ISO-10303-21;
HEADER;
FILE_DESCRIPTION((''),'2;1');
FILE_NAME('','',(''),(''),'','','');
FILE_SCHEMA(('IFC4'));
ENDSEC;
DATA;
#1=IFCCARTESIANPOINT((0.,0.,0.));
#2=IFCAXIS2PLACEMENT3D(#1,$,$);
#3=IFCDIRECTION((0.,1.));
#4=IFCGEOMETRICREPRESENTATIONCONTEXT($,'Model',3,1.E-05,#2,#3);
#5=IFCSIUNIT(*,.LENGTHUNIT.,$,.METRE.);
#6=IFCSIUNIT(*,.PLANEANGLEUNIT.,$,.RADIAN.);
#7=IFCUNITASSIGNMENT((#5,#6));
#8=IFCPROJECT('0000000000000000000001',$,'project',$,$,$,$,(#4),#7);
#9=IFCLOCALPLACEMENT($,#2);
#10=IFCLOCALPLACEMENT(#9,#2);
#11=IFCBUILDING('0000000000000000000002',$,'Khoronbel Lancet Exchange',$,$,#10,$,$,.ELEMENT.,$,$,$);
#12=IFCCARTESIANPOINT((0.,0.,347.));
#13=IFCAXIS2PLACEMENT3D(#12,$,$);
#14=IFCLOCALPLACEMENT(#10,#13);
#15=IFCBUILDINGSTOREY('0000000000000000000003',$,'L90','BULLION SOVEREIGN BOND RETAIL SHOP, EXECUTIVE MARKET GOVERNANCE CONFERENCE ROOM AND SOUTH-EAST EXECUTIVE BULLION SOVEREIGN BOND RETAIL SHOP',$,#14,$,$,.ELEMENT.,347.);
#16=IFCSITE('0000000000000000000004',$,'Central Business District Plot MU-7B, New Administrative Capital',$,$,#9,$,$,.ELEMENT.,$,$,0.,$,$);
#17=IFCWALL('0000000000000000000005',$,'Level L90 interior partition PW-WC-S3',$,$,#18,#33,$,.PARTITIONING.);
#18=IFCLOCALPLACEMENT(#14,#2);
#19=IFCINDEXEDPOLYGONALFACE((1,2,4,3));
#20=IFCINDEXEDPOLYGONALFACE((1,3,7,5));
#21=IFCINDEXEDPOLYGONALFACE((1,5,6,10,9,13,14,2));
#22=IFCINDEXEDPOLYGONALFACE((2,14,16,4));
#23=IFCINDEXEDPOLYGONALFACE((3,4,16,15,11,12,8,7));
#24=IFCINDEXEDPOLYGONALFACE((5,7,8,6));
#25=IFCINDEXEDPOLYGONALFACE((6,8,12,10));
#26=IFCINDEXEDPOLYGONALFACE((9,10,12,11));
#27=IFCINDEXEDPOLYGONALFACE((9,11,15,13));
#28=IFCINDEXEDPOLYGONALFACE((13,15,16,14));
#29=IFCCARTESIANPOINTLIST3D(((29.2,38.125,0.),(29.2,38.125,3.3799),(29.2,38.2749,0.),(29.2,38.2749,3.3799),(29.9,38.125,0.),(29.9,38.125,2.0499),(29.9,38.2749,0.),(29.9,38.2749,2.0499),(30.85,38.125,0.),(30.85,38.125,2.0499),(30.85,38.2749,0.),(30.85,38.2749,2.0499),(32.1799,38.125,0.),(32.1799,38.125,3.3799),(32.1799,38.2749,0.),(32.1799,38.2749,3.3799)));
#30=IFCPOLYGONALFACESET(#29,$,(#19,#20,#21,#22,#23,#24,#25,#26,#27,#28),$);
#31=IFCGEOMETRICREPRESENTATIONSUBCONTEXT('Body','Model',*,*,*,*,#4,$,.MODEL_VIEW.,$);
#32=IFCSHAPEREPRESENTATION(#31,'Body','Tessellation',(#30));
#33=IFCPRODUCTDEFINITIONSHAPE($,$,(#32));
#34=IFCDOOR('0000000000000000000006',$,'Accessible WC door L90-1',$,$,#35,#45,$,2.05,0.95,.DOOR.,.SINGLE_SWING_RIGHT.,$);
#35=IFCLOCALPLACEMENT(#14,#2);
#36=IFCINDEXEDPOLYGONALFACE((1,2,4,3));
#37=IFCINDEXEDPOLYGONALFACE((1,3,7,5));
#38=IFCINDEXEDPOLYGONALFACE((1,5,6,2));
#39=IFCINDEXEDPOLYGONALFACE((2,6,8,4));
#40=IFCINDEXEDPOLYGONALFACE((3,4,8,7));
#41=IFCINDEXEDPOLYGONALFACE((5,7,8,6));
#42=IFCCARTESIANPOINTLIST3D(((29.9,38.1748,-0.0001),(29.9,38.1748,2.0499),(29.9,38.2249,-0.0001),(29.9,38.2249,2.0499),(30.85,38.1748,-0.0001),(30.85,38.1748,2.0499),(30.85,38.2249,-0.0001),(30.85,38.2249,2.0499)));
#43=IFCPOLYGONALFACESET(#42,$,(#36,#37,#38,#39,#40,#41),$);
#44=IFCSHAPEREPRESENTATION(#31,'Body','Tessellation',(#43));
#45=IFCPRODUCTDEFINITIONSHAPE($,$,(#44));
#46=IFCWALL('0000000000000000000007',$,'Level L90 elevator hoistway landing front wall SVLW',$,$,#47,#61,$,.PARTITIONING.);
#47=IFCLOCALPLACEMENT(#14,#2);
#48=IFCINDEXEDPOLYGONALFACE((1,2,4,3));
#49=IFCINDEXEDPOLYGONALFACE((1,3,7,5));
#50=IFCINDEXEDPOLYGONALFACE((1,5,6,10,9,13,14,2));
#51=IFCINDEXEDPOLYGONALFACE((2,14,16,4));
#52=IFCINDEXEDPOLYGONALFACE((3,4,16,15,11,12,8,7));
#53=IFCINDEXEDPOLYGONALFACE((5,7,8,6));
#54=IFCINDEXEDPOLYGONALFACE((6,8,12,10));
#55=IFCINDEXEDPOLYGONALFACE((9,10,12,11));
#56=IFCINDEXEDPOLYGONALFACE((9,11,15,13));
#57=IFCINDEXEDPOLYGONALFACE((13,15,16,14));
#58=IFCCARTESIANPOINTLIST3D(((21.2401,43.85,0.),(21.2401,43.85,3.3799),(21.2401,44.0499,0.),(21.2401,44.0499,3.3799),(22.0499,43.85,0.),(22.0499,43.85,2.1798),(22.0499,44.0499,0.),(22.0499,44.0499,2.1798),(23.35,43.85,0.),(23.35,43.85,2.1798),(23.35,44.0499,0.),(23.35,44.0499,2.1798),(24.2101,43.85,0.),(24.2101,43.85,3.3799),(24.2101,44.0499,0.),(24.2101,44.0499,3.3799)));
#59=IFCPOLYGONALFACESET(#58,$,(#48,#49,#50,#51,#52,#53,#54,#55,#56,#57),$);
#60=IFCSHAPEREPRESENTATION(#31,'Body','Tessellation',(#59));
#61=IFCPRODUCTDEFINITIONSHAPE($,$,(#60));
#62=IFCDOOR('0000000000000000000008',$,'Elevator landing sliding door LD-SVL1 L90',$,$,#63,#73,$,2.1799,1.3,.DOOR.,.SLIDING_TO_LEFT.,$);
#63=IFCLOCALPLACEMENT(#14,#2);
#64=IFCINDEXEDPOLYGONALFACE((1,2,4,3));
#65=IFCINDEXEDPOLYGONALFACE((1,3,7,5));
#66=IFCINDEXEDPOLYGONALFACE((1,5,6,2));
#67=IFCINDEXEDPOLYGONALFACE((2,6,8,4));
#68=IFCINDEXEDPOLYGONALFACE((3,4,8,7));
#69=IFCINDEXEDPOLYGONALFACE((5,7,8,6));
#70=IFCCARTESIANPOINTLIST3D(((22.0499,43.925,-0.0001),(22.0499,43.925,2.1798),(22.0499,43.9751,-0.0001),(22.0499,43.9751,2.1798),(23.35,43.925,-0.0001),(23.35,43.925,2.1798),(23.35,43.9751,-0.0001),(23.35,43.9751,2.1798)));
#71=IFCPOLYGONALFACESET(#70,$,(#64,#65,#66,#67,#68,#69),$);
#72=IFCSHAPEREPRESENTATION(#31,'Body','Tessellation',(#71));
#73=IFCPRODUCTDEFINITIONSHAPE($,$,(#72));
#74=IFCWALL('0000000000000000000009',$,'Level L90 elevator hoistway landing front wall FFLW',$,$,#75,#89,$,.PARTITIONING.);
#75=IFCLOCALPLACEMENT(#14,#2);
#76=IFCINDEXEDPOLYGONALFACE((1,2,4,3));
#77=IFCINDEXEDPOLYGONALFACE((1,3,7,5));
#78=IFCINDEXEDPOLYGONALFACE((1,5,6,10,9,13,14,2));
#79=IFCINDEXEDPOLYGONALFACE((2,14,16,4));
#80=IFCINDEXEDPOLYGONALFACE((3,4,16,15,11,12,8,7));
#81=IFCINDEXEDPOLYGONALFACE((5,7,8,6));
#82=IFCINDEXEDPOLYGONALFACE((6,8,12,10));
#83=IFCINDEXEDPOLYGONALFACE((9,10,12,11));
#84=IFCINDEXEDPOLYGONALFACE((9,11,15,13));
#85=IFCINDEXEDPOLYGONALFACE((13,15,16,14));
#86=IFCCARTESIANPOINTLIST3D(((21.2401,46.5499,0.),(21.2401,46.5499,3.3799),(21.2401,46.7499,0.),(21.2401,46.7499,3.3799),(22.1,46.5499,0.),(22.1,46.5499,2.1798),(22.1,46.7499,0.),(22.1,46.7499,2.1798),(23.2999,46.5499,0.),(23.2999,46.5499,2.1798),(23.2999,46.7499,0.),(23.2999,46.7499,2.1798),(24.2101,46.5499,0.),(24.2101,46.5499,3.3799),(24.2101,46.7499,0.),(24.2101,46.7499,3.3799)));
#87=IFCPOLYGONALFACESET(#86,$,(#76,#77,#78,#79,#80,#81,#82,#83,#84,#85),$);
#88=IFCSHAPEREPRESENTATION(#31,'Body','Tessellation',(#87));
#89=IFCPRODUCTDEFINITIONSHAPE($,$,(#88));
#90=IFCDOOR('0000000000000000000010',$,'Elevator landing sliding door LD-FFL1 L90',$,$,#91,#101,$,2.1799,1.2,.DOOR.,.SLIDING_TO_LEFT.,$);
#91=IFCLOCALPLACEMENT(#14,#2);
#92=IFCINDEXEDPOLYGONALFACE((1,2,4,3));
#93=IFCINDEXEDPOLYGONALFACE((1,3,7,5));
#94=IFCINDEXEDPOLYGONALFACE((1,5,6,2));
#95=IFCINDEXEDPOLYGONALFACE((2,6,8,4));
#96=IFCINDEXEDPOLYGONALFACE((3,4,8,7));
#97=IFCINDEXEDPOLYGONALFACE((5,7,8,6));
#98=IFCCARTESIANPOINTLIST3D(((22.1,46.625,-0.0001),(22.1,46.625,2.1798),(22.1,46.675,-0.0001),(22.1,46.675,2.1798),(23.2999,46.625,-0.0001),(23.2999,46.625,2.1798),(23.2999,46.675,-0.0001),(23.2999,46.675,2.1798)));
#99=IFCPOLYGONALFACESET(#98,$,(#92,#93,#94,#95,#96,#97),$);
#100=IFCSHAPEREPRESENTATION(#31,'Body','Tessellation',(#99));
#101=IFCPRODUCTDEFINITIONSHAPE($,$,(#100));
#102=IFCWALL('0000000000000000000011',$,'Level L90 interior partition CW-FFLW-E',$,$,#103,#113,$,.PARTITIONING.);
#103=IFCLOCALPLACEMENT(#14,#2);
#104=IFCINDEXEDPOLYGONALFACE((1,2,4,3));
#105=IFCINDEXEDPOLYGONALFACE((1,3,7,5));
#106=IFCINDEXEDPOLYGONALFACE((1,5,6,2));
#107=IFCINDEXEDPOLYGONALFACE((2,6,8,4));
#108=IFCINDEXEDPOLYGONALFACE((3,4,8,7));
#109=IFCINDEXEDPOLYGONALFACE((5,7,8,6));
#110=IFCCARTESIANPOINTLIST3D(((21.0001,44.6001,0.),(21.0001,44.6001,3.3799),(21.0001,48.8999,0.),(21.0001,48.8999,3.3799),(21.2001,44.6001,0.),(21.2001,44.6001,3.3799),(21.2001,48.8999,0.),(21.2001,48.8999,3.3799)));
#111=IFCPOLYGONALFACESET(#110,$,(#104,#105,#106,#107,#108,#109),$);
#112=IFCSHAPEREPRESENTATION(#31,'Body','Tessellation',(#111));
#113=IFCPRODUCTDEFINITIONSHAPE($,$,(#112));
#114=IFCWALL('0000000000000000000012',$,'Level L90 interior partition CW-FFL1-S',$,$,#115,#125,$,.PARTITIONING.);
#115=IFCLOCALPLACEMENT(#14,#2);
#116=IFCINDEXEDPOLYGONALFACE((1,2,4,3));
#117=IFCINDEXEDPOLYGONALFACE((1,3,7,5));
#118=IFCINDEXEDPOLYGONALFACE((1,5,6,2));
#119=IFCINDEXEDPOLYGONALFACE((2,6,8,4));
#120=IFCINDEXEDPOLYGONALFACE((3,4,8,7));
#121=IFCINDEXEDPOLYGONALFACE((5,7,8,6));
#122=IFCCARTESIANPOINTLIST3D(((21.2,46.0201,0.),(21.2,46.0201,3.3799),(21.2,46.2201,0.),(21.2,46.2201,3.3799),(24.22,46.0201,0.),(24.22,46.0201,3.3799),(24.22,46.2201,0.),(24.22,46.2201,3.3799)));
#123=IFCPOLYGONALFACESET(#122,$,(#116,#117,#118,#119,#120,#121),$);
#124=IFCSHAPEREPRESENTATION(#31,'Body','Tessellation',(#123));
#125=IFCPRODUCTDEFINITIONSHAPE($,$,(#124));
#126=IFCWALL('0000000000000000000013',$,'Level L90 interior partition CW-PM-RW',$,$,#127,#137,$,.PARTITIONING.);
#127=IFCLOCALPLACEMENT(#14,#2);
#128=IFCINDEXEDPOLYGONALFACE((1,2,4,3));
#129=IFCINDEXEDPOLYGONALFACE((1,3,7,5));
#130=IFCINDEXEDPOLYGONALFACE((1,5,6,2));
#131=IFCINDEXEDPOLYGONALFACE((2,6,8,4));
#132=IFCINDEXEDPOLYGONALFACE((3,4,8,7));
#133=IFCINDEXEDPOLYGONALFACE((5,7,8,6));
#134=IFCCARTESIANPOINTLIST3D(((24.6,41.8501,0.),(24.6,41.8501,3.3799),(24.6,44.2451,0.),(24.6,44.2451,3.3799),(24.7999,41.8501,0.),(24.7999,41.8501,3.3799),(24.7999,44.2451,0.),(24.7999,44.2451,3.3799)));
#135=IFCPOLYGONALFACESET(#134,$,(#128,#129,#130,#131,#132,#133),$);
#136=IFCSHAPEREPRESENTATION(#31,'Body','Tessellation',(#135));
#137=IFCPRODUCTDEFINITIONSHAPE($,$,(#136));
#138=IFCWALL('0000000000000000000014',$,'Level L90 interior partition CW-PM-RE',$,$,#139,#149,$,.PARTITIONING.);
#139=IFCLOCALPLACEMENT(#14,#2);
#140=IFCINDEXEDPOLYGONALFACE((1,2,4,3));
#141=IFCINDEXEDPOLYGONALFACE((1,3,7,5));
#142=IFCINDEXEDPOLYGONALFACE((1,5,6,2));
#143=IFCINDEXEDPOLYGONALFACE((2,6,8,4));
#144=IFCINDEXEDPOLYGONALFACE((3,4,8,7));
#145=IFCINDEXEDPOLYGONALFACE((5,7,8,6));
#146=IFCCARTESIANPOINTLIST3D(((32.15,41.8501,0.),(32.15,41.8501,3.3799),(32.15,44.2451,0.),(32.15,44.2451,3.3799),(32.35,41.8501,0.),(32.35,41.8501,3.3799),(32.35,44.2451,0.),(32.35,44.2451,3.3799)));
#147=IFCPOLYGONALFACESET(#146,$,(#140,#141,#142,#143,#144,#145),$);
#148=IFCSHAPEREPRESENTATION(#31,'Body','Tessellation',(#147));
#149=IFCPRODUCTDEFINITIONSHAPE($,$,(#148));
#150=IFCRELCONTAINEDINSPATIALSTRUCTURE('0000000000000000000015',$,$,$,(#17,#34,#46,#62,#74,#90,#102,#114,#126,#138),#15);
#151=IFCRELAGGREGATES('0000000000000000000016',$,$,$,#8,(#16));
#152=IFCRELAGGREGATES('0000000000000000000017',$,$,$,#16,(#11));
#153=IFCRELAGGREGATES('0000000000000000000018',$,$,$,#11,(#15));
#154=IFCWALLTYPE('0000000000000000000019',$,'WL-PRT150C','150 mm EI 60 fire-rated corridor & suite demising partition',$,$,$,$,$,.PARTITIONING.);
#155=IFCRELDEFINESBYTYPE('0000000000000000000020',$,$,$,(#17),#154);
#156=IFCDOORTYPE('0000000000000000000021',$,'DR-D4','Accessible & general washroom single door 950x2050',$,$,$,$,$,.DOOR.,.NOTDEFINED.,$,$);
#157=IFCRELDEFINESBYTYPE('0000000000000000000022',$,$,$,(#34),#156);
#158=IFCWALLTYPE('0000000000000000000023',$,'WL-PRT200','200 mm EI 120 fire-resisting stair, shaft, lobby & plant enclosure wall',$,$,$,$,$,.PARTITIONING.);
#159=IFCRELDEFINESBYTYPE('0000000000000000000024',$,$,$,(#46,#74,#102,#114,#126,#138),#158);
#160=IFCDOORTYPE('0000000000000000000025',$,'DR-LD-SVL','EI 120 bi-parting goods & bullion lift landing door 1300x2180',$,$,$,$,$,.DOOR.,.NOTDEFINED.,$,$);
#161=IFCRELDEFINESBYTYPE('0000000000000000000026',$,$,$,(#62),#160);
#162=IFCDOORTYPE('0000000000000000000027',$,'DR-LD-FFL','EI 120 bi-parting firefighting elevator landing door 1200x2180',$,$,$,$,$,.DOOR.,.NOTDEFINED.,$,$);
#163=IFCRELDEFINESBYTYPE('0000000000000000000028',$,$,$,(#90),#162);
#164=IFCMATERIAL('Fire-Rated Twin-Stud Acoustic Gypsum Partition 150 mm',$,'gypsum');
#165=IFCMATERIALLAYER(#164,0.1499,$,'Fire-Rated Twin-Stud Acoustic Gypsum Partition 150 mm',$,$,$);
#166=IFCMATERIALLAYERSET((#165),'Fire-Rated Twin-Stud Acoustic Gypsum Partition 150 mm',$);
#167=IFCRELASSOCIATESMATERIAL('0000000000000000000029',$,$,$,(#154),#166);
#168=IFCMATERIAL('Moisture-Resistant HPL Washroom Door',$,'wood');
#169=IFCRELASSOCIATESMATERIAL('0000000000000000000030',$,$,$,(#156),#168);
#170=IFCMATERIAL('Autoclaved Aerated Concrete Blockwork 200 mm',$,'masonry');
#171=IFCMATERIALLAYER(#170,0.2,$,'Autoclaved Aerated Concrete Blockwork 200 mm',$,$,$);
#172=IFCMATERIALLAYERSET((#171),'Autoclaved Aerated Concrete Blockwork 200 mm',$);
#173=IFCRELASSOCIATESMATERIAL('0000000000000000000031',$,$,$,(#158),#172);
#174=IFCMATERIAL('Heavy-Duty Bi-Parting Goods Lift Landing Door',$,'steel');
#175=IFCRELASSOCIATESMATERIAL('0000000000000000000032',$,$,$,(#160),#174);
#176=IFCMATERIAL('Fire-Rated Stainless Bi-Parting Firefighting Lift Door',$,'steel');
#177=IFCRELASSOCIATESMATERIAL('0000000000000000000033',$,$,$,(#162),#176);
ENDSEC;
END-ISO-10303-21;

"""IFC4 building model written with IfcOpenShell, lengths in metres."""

from ifc_helpers import new_model, si_unit, direction, frame, frame_2d, origin, place, context, subcontext, project, spatial, rectangle, extrude, material, layer, layer_set, type_object, element, fill, save


model = new_model("IFC4")

# Units and contexts
model_context = context("Model", 3, precision=1e-05, world=origin(), true_north=direction((0.0, 1.0)))
body_context = subcontext(model_context, "Body", "Model", "MODEL_VIEW")
ifc_project = project(units=[si_unit("LENGTHUNIT", "METRE"), si_unit("PLANEANGLEUNIT", "RADIAN")], contexts=[model_context])

# Site, building, storey
site_placement = place(None, origin())
site = spatial("IfcSite", under=ifc_project, at=site_placement, Name="Central Business District Plot MU-7B, New Administrative Capital", CompositionType="ELEMENT", RefElevation=0.0)
building_placement = place(site_placement, origin())
building = spatial("IfcBuilding", under=site, at=building_placement, Name="Khoronbel Lancet Exchange", CompositionType="ELEMENT")
storey_placement = place(building_placement, frame((0.0, 0.0, 347.0)))
storey = spatial("IfcBuildingStorey", under=building, at=storey_placement, Name="L90", Description="BULLION SOVEREIGN BOND RETAIL SHOP, EXECUTIVE MARKET GOVERNANCE CONFERENCE ROOM AND SOUTH-EAST EXECUTIVE BULLION SOVEREIGN BOND RETAIL SHOP", CompositionType="ELEMENT", Elevation=347.0)

# Walls, openings, doors
ifc_material_1 = material(Name="Fire-Rated Twin-Stud Acoustic Gypsum Partition 150 mm", Category="gypsum")
ifc_layer_1 = layer(ifc_material_1, 0.1499, Name="Fire-Rated Twin-Stud Acoustic Gypsum Partition 150 mm")
ifc_layer_set_1 = layer_set([ifc_layer_1], Name="Fire-Rated Twin-Stud Acoustic Gypsum Partition 150 mm")
wall_type_1 = type_object("IfcWallType", Name="WL-PRT150C", Description="150 mm EI 60 fire-rated corridor & suite demising partition", PredefinedType="PARTITIONING", material=ifc_layer_set_1)
ifc_material_2 = material(Name="Moisture-Resistant HPL Washroom Door", Category="wood")
door_type_1 = type_object("IfcDoorType", Name="DR-D4", Description="Accessible & general washroom single door 950x2050", OperationType="NOTDEFINED", PredefinedType="DOOR", material=ifc_material_2)
wall_1_placement = place(storey_placement, frame((29.2, 38.2, 0.0), z_axis=(0.0, 0.0, 1.0), x_axis=(1.0, 0.0, 0.0)))
wall_1 = element("IfcWall", 1, at=wall_1_placement, inside=storey, type_object=wall_type_1, Name="Level L90 interior partition PW-WC-S3", PredefinedType="PARTITIONING", context=body_context, shape_type="SweptSolid", body=[
    extrude(rectangle(XDim=2.98, YDim=0.1499, at=frame_2d((1.49, 0.0))), origin(), (0.0, 0.0, 1.0), 3.3799),
])
opening_1_placement = place(wall_1_placement, frame((0.7, 0.0, 0.0)))
opening_1 = element("IfcOpeningElement", 2, at=opening_1_placement, cuts=wall_1, PredefinedType="OPENING", context=body_context, shape_type="SweptSolid", body=[
    extrude(rectangle(XDim=0.95, YDim=2.05, at=frame_2d((0.4751, 1.0249))), frame((0.0, 0.085, 0.0), z_axis=(0.0, -1.0, 0.0), x_axis=(1.0, 0.0, 0.0)), (0.0, 0.0, 1.0), 0.1699),
])
door_1_placement = place(opening_1_placement, origin())
door_1 = element("IfcDoor", 3, at=door_1_placement, inside=storey, type_object=door_type_1, Name="Accessible WC door L90-1", OperationType="SINGLE_SWING_RIGHT", OverallHeight=2.05, OverallWidth=0.95, PredefinedType="DOOR", context=body_context, shape_type="SweptSolid", body=[
    extrude(rectangle(XDim=0.95, YDim=2.05, at=frame_2d((0.4751, 1.0249))), frame((0.0, 0.0249, 0.0), z_axis=(0.0, -1.0, 0.0), x_axis=(1.0, 0.0, 0.0)), (0.0, 0.0, 1.0), 0.05),
])
fill(opening_1, door_1)
ifc_material_3 = material(Name="Autoclaved Aerated Concrete Blockwork 200 mm", Category="masonry")
ifc_layer_2 = layer(ifc_material_3, 0.2, Name="Autoclaved Aerated Concrete Blockwork 200 mm")
ifc_layer_set_2 = layer_set([ifc_layer_2], Name="Autoclaved Aerated Concrete Blockwork 200 mm")
wall_type_2 = type_object("IfcWallType", Name="WL-PRT200", Description="200 mm EI 120 fire-resisting stair, shaft, lobby & plant enclosure wall", PredefinedType="PARTITIONING", material=ifc_layer_set_2)
wall_2_placement = place(storey_placement, frame((24.21, 43.95, 0.0), z_axis=(0.0, 0.0, 1.0), x_axis=(-1.0, 0.0, 0.0)))
wall_2 = element("IfcWall", 4, at=wall_2_placement, inside=storey, type_object=wall_type_2, Name="Level L90 elevator hoistway landing front wall SVLW", PredefinedType="PARTITIONING", context=body_context, shape_type="SweptSolid", body=[
    extrude(rectangle(XDim=2.97, YDim=0.2, at=frame_2d((1.4849, 0.0))), origin(), (0.0, 0.0, 1.0), 3.3799),
])
opening_2_placement = place(wall_2_placement, frame((0.8601, 0.0, 0.0)))
opening_2 = element("IfcOpeningElement", 5, at=opening_2_placement, cuts=wall_2, PredefinedType="OPENING", context=body_context, shape_type="SweptSolid", body=[
    extrude(rectangle(XDim=1.3, YDim=2.1799, at=frame_2d((0.6499, 1.0898))), frame((0.0, 0.1099, 0.0), z_axis=(0.0, -1.0, 0.0), x_axis=(1.0, 0.0, 0.0)), (0.0, 0.0, 1.0), 0.22),
])
ifc_material_4 = material(Name="Heavy-Duty Bi-Parting Goods Lift Landing Door", Category="steel")
door_type_2 = type_object("IfcDoorType", Name="DR-LD-SVL", Description="EI 120 bi-parting goods & bullion lift landing door 1300x2180", OperationType="NOTDEFINED", PredefinedType="DOOR", material=ifc_material_4)
door_2_placement = place(opening_2_placement, origin())
door_2 = element("IfcDoor", 6, at=door_2_placement, inside=storey, type_object=door_type_2, Name="Elevator landing sliding door LD-SVL1 L90", OperationType="SLIDING_TO_LEFT", OverallHeight=2.1799, OverallWidth=1.3, PredefinedType="DOOR", context=body_context, shape_type="SweptSolid", body=[
    extrude(rectangle(XDim=1.3, YDim=2.1799, at=frame_2d((0.6499, 1.0898))), frame((0.0, 0.0249, 0.0), z_axis=(0.0, -1.0, 0.0), x_axis=(1.0, 0.0, 0.0)), (0.0, 0.0, 1.0), 0.05),
])
fill(opening_2, door_2)
wall_3_placement = place(storey_placement, frame((24.21, 46.6499, 0.0), z_axis=(0.0, 0.0, 1.0), x_axis=(-1.0, 0.0, 0.0)))
wall_3 = element("IfcWall", 7, at=wall_3_placement, inside=storey, type_object=wall_type_2, Name="Level L90 elevator hoistway landing front wall FFLW", PredefinedType="PARTITIONING", context=body_context, shape_type="SweptSolid", body=[
    extrude(rectangle(XDim=2.97, YDim=0.2, at=frame_2d((1.4849, 0.0))), origin(), (0.0, 0.0, 1.0), 3.3799),
])
opening_3_placement = place(wall_3_placement, frame((0.9099, 0.0, 0.0)))
opening_3 = element("IfcOpeningElement", 8, at=opening_3_placement, cuts=wall_3, PredefinedType="OPENING", context=body_context, shape_type="SweptSolid", body=[
    extrude(rectangle(XDim=1.2, YDim=2.1799, at=frame_2d((0.6001, 1.0898))), frame((0.0, 0.1099, 0.0), z_axis=(0.0, -1.0, 0.0), x_axis=(1.0, 0.0, 0.0)), (0.0, 0.0, 1.0), 0.22),
])
ifc_material_5 = material(Name="Fire-Rated Stainless Bi-Parting Firefighting Lift Door", Category="steel")
door_type_3 = type_object("IfcDoorType", Name="DR-LD-FFL", Description="EI 120 bi-parting firefighting elevator landing door 1200x2180", OperationType="NOTDEFINED", PredefinedType="DOOR", material=ifc_material_5)
door_3_placement = place(opening_3_placement, origin())
door_3 = element("IfcDoor", 9, at=door_3_placement, inside=storey, type_object=door_type_3, Name="Elevator landing sliding door LD-FFL1 L90", OperationType="SLIDING_TO_LEFT", OverallHeight=2.1799, OverallWidth=1.2, PredefinedType="DOOR", context=body_context, shape_type="SweptSolid", body=[
    extrude(rectangle(XDim=1.2, YDim=2.1799, at=frame_2d((0.6001, 1.0898))), frame((0.0, 0.0249, 0.0), z_axis=(0.0, -1.0, 0.0), x_axis=(1.0, 0.0, 0.0)), (0.0, 0.0, 1.0), 0.05),
])
fill(opening_3, door_3)

# Walls
wall_4_placement = place(storey_placement, frame((21.1001, 44.6001, 0.0), z_axis=(0.0, 0.0, 1.0), x_axis=(0.0, 1.0, 0.0)))
element("IfcWall", 10, at=wall_4_placement, inside=storey, type_object=wall_type_2, Name="Level L90 interior partition CW-FFLW-E", PredefinedType="PARTITIONING", context=body_context, shape_type="SweptSolid", body=[
    extrude(rectangle(XDim=4.2998, YDim=0.2, at=frame_2d((2.1499, 0.0))), origin(), (0.0, 0.0, 1.0), 3.3799),
])
wall_5_placement = place(storey_placement, frame((21.2, 46.1201, 0.0), z_axis=(0.0, 0.0, 1.0), x_axis=(1.0, 0.0, 0.0)))
element("IfcWall", 11, at=wall_5_placement, inside=storey, type_object=wall_type_2, Name="Level L90 interior partition CW-FFL1-S", PredefinedType="PARTITIONING", context=body_context, shape_type="SweptSolid", body=[
    extrude(rectangle(XDim=3.02, YDim=0.2, at=frame_2d((1.51, 0.0))), origin(), (0.0, 0.0, 1.0), 3.3799),
])

# Walls
for number, where, z_axis, x_axis, name in (
    (12, (24.7, 41.8501, 0.0), (0.0, 0.0, 1.0), (0.0, 1.0, 0.0), "Level L90 interior partition CW-PM-RW"),
    (13, (32.25, 41.8501, 0.0), (0.0, 0.0, 1.0), (0.0, 1.0, 0.0), "Level L90 interior partition CW-PM-RE"),
):
    element("IfcWall", number, at=place(storey_placement, frame(where, z_axis=z_axis, x_axis=x_axis)), inside=storey, type_object=wall_type_2, Name=name, PredefinedType="PARTITIONING", context=body_context, shape_type="SweptSolid", body=[
        extrude(rectangle(XDim=2.395, YDim=0.2, at=frame_2d((1.1975, 0.0))), origin(), (0.0, 0.0, 1.0), 3.3799),
    ])

save(model, "model.ifc")
